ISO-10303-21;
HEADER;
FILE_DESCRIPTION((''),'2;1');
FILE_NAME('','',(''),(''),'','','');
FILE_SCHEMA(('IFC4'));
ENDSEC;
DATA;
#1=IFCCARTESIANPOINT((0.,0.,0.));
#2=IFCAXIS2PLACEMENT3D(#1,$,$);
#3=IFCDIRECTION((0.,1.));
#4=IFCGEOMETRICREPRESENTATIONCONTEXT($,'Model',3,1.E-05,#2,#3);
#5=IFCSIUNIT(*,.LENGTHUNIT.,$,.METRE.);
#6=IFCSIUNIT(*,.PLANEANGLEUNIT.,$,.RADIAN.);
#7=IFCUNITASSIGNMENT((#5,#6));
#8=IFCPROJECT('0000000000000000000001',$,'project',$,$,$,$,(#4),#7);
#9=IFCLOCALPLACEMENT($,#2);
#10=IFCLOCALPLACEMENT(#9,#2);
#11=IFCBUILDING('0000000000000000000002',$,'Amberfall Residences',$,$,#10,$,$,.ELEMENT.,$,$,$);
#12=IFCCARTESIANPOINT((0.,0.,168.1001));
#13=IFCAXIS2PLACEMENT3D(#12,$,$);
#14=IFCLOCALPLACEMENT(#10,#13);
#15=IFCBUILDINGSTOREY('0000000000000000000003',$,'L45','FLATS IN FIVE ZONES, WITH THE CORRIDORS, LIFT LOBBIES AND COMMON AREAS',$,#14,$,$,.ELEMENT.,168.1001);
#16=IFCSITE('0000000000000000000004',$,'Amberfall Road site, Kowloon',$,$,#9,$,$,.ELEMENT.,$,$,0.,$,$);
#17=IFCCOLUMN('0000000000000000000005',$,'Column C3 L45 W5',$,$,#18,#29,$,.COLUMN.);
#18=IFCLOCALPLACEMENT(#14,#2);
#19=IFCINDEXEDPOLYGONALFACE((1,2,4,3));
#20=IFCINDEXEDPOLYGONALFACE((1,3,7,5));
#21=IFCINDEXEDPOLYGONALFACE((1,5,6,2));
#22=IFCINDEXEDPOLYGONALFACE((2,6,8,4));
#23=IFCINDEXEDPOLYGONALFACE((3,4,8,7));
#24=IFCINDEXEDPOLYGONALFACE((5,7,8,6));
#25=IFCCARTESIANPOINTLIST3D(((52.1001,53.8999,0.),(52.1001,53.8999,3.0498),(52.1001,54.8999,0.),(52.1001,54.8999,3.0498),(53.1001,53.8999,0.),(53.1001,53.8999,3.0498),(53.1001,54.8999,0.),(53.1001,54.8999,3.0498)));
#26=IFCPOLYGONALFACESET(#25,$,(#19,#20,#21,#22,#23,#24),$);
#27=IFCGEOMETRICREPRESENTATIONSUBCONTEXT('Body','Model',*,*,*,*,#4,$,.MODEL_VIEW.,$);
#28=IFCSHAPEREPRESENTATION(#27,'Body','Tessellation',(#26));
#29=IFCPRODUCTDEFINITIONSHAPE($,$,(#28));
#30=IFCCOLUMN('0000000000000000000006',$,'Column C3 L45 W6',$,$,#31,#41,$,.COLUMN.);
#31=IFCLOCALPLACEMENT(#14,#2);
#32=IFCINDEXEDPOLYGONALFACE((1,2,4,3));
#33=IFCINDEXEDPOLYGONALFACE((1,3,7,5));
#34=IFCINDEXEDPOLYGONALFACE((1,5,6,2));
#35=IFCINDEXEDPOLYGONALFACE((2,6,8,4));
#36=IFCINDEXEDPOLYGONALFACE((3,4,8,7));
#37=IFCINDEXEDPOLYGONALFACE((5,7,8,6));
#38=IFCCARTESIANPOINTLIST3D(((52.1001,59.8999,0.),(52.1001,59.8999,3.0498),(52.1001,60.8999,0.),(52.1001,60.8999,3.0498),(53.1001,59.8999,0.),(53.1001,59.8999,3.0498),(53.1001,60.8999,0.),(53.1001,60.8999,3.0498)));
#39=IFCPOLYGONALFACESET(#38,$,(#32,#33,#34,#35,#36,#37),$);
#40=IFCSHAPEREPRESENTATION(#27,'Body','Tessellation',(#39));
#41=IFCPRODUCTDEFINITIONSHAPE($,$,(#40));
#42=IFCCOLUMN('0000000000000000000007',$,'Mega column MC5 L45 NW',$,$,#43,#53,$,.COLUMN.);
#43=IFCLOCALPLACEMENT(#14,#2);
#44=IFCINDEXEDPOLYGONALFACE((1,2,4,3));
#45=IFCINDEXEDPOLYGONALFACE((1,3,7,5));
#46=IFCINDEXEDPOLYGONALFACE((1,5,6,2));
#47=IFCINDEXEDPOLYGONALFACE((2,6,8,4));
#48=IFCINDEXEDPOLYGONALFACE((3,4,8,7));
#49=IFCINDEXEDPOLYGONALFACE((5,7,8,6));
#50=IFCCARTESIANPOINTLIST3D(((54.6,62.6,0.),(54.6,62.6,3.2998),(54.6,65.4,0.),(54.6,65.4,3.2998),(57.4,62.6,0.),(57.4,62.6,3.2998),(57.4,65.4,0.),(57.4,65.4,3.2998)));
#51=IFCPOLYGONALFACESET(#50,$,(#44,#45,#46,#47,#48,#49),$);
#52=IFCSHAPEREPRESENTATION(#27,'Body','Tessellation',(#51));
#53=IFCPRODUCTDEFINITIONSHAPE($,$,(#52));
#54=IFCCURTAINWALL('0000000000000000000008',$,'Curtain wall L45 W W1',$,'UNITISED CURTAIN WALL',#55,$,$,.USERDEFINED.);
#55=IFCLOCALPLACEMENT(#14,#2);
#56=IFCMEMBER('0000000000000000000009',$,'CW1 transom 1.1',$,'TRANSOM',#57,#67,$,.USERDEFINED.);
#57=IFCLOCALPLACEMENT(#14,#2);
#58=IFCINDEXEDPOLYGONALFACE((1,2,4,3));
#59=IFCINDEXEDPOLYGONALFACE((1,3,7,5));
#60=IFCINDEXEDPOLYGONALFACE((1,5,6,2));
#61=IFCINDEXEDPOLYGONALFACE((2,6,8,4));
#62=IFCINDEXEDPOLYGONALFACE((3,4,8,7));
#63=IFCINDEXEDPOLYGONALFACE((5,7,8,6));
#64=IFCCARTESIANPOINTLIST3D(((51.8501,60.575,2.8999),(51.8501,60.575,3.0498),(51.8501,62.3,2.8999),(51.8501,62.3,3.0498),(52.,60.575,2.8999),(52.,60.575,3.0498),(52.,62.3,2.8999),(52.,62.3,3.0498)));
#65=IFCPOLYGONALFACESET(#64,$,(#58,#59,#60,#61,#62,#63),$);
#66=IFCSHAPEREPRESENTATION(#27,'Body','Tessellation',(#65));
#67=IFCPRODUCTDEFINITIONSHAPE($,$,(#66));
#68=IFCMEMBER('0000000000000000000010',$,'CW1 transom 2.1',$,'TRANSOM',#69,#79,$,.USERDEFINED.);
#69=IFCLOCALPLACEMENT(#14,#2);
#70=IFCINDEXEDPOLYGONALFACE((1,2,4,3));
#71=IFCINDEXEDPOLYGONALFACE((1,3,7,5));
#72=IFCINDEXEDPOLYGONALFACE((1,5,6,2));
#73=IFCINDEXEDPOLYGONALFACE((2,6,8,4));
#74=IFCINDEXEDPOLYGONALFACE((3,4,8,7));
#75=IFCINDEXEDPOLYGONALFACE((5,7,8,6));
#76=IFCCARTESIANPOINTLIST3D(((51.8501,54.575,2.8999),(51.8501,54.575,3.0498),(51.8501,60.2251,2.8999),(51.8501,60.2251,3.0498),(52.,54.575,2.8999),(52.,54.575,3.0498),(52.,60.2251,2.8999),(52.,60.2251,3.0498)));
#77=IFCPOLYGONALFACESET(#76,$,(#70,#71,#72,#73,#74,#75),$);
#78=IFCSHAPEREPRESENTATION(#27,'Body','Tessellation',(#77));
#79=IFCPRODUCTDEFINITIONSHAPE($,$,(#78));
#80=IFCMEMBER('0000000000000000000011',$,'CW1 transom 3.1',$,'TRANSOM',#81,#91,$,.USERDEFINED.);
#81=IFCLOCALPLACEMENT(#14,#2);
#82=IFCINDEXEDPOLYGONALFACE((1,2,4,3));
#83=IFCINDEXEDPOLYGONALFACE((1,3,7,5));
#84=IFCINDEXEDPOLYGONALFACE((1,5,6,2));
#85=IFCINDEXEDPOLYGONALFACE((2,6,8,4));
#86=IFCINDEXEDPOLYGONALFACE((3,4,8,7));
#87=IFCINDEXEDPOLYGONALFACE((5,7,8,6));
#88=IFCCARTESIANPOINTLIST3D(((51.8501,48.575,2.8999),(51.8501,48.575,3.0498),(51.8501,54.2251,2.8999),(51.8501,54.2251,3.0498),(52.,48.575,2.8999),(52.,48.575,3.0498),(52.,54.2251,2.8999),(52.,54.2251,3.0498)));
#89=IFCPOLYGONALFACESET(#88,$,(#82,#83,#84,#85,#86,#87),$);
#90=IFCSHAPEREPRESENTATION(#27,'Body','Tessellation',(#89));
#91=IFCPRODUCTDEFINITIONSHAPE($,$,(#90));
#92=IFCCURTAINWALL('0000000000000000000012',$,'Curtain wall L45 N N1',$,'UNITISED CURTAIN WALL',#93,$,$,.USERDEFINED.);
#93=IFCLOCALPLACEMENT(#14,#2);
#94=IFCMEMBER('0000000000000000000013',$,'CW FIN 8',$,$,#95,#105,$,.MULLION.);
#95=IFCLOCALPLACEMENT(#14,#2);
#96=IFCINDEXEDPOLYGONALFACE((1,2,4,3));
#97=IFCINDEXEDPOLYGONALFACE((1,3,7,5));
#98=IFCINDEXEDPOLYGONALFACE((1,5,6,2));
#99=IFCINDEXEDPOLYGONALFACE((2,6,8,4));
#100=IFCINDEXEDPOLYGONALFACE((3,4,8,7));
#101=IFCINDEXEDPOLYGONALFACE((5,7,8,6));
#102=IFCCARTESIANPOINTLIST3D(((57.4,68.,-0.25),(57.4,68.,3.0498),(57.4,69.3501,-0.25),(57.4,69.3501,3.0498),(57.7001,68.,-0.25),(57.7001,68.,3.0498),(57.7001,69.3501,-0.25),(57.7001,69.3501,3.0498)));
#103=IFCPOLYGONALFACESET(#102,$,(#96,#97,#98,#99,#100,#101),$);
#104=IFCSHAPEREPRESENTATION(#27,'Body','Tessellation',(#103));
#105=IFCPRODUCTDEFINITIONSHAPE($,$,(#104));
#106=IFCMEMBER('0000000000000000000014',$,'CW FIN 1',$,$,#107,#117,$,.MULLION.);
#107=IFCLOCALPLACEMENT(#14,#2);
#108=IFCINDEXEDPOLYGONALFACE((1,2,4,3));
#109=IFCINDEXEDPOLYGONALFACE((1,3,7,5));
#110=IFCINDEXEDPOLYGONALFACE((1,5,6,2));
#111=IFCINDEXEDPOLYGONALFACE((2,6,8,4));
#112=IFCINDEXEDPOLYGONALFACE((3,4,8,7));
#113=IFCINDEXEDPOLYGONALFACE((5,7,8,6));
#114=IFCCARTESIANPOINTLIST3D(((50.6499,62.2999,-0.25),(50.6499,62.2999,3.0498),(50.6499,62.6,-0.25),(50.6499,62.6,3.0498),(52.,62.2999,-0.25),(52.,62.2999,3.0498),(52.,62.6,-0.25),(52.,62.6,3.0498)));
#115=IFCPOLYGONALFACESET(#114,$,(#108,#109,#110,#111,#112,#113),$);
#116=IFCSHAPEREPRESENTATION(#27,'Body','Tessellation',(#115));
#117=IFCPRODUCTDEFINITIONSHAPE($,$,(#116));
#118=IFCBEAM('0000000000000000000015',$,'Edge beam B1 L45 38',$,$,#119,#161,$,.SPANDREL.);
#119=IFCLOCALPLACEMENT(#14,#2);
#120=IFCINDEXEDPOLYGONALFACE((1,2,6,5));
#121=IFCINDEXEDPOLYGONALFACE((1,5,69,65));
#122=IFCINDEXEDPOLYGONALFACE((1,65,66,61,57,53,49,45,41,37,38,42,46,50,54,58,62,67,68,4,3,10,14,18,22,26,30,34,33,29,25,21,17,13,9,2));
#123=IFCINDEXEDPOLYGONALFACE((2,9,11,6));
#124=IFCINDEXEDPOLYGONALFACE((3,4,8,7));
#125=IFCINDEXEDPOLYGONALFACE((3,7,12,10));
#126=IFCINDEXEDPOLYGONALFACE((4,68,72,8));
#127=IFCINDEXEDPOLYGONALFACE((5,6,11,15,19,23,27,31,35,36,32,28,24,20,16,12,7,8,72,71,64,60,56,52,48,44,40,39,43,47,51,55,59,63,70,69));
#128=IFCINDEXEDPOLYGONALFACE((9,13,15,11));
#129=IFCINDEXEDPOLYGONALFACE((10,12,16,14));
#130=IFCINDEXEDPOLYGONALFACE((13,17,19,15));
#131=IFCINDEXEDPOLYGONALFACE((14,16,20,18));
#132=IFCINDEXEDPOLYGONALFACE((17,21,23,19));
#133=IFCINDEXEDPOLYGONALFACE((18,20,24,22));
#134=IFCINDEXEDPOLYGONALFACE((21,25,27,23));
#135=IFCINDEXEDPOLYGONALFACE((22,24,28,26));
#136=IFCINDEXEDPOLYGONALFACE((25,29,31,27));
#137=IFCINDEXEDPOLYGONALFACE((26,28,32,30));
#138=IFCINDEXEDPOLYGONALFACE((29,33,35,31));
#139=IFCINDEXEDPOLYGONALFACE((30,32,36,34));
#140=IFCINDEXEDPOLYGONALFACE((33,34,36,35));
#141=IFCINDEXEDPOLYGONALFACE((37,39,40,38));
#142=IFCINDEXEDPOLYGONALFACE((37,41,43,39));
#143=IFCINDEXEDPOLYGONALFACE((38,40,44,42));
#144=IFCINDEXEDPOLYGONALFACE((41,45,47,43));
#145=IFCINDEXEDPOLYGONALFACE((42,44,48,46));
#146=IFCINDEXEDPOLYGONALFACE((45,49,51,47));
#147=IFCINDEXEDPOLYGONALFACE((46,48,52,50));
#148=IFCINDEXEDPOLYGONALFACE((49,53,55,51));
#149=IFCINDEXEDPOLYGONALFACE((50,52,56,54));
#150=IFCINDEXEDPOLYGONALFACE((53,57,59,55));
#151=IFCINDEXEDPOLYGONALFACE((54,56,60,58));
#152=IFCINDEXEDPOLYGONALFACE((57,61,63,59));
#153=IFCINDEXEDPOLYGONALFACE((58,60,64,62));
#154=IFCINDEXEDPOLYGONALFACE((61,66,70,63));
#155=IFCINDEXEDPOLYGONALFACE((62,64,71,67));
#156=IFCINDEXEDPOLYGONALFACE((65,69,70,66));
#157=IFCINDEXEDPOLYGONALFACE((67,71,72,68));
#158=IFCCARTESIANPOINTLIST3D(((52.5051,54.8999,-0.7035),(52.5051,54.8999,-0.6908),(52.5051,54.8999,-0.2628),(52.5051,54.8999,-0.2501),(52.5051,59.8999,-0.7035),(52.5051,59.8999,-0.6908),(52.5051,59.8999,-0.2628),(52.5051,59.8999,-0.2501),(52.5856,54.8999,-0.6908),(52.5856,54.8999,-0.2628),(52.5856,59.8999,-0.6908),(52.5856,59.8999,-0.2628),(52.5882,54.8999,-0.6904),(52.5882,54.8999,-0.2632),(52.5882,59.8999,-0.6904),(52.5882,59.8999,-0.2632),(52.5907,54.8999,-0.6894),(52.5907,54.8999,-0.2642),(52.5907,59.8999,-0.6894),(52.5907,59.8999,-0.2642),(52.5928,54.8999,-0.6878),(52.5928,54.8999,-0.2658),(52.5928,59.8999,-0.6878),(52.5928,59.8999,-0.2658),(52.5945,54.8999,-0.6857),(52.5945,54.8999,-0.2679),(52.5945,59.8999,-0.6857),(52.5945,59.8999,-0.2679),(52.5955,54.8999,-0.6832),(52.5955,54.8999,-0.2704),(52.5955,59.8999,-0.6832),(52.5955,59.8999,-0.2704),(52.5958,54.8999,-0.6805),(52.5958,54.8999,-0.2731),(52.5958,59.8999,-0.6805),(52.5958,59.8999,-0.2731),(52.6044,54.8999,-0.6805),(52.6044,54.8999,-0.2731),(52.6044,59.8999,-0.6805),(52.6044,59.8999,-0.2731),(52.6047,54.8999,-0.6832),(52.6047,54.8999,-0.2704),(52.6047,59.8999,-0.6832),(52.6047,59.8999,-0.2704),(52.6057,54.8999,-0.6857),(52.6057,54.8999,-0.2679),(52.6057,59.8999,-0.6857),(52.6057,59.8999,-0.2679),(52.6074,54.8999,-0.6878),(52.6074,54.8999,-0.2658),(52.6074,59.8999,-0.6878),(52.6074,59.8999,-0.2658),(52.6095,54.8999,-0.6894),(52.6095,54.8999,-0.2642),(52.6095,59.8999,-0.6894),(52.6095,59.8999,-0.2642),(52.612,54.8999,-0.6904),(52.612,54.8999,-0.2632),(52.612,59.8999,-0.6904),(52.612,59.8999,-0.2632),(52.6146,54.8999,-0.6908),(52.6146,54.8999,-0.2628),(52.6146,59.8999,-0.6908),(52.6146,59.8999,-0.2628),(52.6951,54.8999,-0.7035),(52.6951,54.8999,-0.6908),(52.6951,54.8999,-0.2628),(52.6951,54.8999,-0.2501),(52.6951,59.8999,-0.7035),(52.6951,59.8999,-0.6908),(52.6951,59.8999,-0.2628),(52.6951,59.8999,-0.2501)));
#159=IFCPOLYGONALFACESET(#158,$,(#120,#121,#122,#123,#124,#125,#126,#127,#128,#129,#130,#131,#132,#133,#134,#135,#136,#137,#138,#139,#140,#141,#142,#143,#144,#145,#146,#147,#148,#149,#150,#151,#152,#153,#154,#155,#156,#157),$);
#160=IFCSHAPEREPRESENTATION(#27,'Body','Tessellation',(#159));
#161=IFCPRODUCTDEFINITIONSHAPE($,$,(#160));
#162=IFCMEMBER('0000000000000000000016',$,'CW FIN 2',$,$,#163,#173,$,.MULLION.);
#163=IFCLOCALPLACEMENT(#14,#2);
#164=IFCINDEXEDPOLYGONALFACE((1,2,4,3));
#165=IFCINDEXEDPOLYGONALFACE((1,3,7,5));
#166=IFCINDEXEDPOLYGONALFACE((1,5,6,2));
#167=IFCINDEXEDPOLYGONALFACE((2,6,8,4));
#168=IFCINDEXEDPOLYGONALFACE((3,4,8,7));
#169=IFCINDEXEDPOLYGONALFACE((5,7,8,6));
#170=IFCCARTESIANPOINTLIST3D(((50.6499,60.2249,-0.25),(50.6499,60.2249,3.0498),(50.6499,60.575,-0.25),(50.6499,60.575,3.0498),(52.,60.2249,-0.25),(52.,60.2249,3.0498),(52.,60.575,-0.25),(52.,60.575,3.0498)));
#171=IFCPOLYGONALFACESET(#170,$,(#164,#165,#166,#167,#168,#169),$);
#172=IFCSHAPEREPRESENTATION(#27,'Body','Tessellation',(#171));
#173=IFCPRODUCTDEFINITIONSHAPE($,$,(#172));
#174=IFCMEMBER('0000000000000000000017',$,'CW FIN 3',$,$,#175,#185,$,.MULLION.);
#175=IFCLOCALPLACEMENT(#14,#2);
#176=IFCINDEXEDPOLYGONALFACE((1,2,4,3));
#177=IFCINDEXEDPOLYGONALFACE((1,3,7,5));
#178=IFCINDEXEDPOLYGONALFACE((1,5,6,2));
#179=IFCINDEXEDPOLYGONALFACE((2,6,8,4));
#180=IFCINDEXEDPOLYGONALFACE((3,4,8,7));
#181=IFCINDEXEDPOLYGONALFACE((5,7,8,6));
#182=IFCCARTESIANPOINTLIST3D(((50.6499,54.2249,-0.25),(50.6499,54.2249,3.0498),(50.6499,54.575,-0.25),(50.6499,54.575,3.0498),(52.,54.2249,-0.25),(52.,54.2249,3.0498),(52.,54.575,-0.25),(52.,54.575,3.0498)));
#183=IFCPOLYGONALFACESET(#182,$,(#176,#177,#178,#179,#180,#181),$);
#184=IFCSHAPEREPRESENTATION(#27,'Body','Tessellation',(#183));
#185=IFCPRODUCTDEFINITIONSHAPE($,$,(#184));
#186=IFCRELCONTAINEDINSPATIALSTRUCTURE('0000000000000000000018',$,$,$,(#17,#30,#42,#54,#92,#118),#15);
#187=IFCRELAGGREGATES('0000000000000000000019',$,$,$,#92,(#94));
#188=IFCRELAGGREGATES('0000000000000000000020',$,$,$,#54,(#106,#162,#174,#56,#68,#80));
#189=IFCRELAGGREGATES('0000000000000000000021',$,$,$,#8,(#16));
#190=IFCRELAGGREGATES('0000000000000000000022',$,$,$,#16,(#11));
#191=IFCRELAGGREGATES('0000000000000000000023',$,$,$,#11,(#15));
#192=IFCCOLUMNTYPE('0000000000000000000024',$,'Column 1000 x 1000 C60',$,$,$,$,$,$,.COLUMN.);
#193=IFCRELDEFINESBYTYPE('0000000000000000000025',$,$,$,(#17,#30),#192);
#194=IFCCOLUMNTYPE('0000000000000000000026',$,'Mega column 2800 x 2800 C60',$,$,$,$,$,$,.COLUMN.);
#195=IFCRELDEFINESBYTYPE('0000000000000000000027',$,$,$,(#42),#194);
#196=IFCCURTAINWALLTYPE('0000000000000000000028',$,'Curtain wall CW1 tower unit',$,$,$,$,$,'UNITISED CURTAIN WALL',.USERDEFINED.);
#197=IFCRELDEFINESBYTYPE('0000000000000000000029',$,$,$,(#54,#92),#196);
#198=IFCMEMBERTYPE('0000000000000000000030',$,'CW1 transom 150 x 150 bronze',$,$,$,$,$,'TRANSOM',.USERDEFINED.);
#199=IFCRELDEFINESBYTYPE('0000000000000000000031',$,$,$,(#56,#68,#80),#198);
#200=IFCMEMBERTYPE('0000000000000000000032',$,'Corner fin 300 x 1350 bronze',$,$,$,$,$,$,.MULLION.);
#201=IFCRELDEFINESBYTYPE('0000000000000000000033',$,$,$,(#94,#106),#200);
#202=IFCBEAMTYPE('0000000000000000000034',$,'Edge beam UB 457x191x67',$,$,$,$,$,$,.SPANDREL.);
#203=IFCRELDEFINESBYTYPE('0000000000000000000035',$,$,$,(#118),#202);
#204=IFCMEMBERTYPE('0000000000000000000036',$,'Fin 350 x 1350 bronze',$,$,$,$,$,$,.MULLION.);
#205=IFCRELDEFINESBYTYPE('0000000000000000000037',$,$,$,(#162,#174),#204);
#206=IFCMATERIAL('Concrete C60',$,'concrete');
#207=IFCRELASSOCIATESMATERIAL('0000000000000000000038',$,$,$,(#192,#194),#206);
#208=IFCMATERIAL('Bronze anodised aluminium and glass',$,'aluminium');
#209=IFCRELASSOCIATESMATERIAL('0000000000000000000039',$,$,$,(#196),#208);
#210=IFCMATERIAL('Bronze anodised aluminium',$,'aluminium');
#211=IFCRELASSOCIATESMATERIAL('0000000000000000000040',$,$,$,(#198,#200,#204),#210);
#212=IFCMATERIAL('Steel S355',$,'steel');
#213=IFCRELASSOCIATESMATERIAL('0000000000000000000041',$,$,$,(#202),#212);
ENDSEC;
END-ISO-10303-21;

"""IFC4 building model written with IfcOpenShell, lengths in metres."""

from ifc_helpers import new_model, si_unit, direction, frame, origin, origin_2d, place, context, subcontext, project, spatial, rectangle, i_section, extrude, material, material_profile, profile_set, type_object, element, aggregate, save


model = new_model("IFC4")

# Units and contexts
model_context = context("Model", 3, precision=1e-05, world=origin(), true_north=direction((0.0, 1.0)))
body_context = subcontext(model_context, "Body", "Model", "MODEL_VIEW")
ifc_project = project(units=[si_unit("LENGTHUNIT", "METRE"), si_unit("PLANEANGLEUNIT", "RADIAN")], contexts=[model_context])

# Site, building, storey
site_placement = place(None, origin())
site = spatial("IfcSite", under=ifc_project, at=site_placement, Name="Amberfall Road site, Kowloon", CompositionType="ELEMENT", RefElevation=0.0)
building_placement = place(site_placement, origin())
building = spatial("IfcBuilding", under=site, at=building_placement, Name="Amberfall Residences", CompositionType="ELEMENT")
storey_placement = place(building_placement, frame((0.0, 0.0, 168.1001)))
storey = spatial("IfcBuildingStorey", under=building, at=storey_placement, Name="L45", Description="FLATS IN FIVE ZONES, WITH THE CORRIDORS, LIFT LOBBIES AND COMMON AREAS", CompositionType="ELEMENT", Elevation=168.1001)

# Columns
ifc_material_1 = material(Name="Concrete C60", Category="concrete")
ifc_material_profile_1 = material_profile(ifc_material_1, rectangle(XDim=1.0, YDim=1.0, at=origin_2d()), Name="Column 1000 x 1000 C60")
ifc_profile_set_1 = profile_set([ifc_material_profile_1], Name="Concrete C60")
column_type_1 = type_object("IfcColumnType", Name="Column 1000 x 1000 C60", PredefinedType="COLUMN", material=ifc_profile_set_1)
for number, where, z_axis, x_axis, name in (
    (1, (52.6001, 54.3999, 0.0), (0.0, 0.0, 1.0), (1.0, 0.0, 0.0), "Column C3 L45 W5"),
    (2, (52.6001, 60.3999, 0.0), (0.0, 0.0, 1.0), (1.0, 0.0, 0.0), "Column C3 L45 W6"),
):
    element("IfcColumn", number, at=place(storey_placement, frame(where, z_axis=z_axis, x_axis=x_axis)), inside=storey, type_object=column_type_1, Name=name, PredefinedType="COLUMN", context=body_context, shape_type="SweptSolid", body=[
        extrude(rectangle(XDim=1.0, YDim=1.0, at=origin_2d()), origin(), (0.0, 0.0, 1.0), 3.0498),
    ])
ifc_material_profile_2 = material_profile(ifc_material_1, rectangle(XDim=2.8, YDim=2.8, at=origin_2d()), Name="Mega column 2800 x 2800 C60")
ifc_profile_set_2 = profile_set([ifc_material_profile_2], Name="Concrete C60")
column_type_2 = type_object("IfcColumnType", Name="Mega column 2800 x 2800 C60", PredefinedType="COLUMN", material=ifc_profile_set_2)
column_placement = place(storey_placement, frame((56.0, 64.0, 0.0), z_axis=(0.0, 0.0, 1.0), x_axis=(1.0, 0.0, 0.0)))
element("IfcColumn", 3, at=column_placement, inside=storey, type_object=column_type_2, Name="Mega column MC5 L45 NW", PredefinedType="COLUMN", context=body_context, shape_type="SweptSolid", body=[
    extrude(rectangle(XDim=2.8, YDim=2.8, at=origin_2d()), origin(), (0.0, 0.0, 1.0), 3.2998),
])

# Curtain wall, members
ifc_material_2 = material(Name="Bronze anodised aluminium and glass", Category="aluminium")
curtain_wall_type = type_object("IfcCurtainWallType", Name="Curtain wall CW1 tower unit", ElementType="UNITISED CURTAIN WALL", PredefinedType="USERDEFINED", material=ifc_material_2)
curtain_wall_1_placement = place(storey_placement, origin())
curtain_wall_1 = element("IfcCurtainWall", 4, at=curtain_wall_1_placement, inside=storey, type_object=curtain_wall_type, Name="Curtain wall L45 W W1", ObjectType="UNITISED CURTAIN WALL", PredefinedType="USERDEFINED")
ifc_material_3 = material(Name="Bronze anodised aluminium", Category="aluminium")
ifc_material_profile_3 = material_profile(ifc_material_3, rectangle(XDim=0.1499, YDim=0.1499, at=origin_2d()), Name="CW1 transom 150 x 150 bronze")
ifc_profile_set_3 = profile_set([ifc_material_profile_3], Name="Bronze anodised aluminium")
member_type_1 = type_object("IfcMemberType", Name="CW1 transom 150 x 150 bronze", ElementType="TRANSOM", PredefinedType="USERDEFINED", material=ifc_profile_set_3)
member_1_placement = place(storey_placement, frame((51.925, 62.3, 2.9749), z_axis=(0.0, -1.0, 0.0), x_axis=(1.0, 0.0, 0.0)))
member_1 = element("IfcMember", 5, at=member_1_placement, type_object=member_type_1, Name="CW1 transom 1.1", ObjectType="TRANSOM", PredefinedType="USERDEFINED", context=body_context, shape_type="SweptSolid", body=[
    extrude(rectangle(XDim=0.1499, YDim=0.1499, at=origin_2d()), origin(), (0.0, 0.0, 1.0), 1.7251),
])
member_2_placement = place(storey_placement, frame((51.925, 60.2251, 2.9749), z_axis=(0.0, -1.0, 0.0), x_axis=(1.0, 0.0, 0.0)))
member_2 = element("IfcMember", 6, at=member_2_placement, type_object=member_type_1, Name="CW1 transom 2.1", ObjectType="TRANSOM", PredefinedType="USERDEFINED", context=body_context, shape_type="SweptSolid", body=[
    extrude(rectangle(XDim=0.1499, YDim=0.1499, at=origin_2d()), origin(), (0.0, 0.0, 1.0), 5.6501),
])
member_3_placement = place(storey_placement, frame((51.925, 54.2251, 2.9749), z_axis=(0.0, -1.0, 0.0), x_axis=(1.0, 0.0, 0.0)))
member_3 = element("IfcMember", 7, at=member_3_placement, type_object=member_type_1, Name="CW1 transom 3.1", ObjectType="TRANSOM", PredefinedType="USERDEFINED", context=body_context, shape_type="SweptSolid", body=[
    extrude(rectangle(XDim=0.1499, YDim=0.1499, at=origin_2d()), origin(), (0.0, 0.0, 1.0), 5.6501),
])

# Curtain wall, member
curtain_wall_2_placement = place(storey_placement, origin())
curtain_wall_2 = element("IfcCurtainWall", 8, at=curtain_wall_2_placement, inside=storey, type_object=curtain_wall_type, Name="Curtain wall L45 N N1", ObjectType="UNITISED CURTAIN WALL", PredefinedType="USERDEFINED")
ifc_material_profile_4 = material_profile(ifc_material_3, rectangle(XDim=1.3501, YDim=0.3, at=origin_2d()), Name="Corner fin 300 x 1350 bronze")
ifc_profile_set_4 = profile_set([ifc_material_profile_4], Name="Bronze anodised aluminium")
member_type_2 = type_object("IfcMemberType", Name="Corner fin 300 x 1350 bronze", PredefinedType="MULLION", material=ifc_profile_set_4)
member_4_placement = place(storey_placement, frame((57.55, 68.675, -0.25), z_axis=(0.0, 0.0, 1.0), x_axis=(0.0, -1.0, 0.0)))
member_4 = element("IfcMember", 9, at=member_4_placement, type_object=member_type_2, Name="CW FIN 8", PredefinedType="MULLION", context=body_context, shape_type="SweptSolid", body=[
    extrude(rectangle(XDim=1.3501, YDim=0.3, at=origin_2d()), origin(), (0.0, 0.0, 1.0), 3.2998),
])

# Member
member_5_placement = place(storey_placement, frame((51.325, 62.45, -0.25), z_axis=(0.0, 0.0, 1.0), x_axis=(1.0, 0.0, 0.0)))
member_5 = element("IfcMember", 10, at=member_5_placement, type_object=member_type_2, Name="CW FIN 1", PredefinedType="MULLION", context=body_context, shape_type="SweptSolid", body=[
    extrude(rectangle(XDim=1.3501, YDim=0.3, at=origin_2d()), origin(), (0.0, 0.0, 1.0), 3.2998),
])

# Beam
ifc_material_4 = material(Name="Steel S355", Category="steel")
ifc_material_profile_5 = material_profile(ifc_material_4, i_section(OverallWidth=0.1899, OverallDepth=0.4534, WebThickness=0.0085, FlangeThickness=0.0127, FilletRadius=0.0103, at=origin_2d()), Name="UB 457x191x67")
ifc_profile_set_5 = profile_set([ifc_material_profile_5], Name="Steel S355")
beam_type_1 = type_object("IfcBeamType", Name="Edge beam UB 457x191x67", PredefinedType="SPANDREL", material=ifc_profile_set_5)
beam_1_placement = place(storey_placement, frame((52.6001, 54.8999, -0.4768), z_axis=(0.0, 1.0, 0.0), x_axis=(-1.0, 0.0, 0.0)))
element("IfcBeam", 11, at=beam_1_placement, inside=storey, type_object=beam_type_1, Name="Edge beam B1 L45 38", PredefinedType="SPANDREL", context=body_context, shape_type="SweptSolid", body=[
    extrude(i_section(OverallWidth=0.1899, OverallDepth=0.4534, WebThickness=0.0085, FlangeThickness=0.0127, FilletRadius=0.0103, at=origin_2d()), origin(), (0.0, 0.0, 1.0), 5.0),
])

# Members
ifc_material_profile_6 = material_profile(ifc_material_3, rectangle(XDim=1.3501, YDim=0.3501, at=origin_2d()), Name="Fin 350 x 1350 bronze")
ifc_profile_set_6 = profile_set([ifc_material_profile_6], Name="Bronze anodised aluminium")
member_type_3 = type_object("IfcMemberType", Name="Fin 350 x 1350 bronze", PredefinedType="MULLION", material=ifc_profile_set_6)
member_6_placement = place(storey_placement, frame((51.325, 60.3999, -0.25), z_axis=(0.0, 0.0, 1.0), x_axis=(1.0, 0.0, 0.0)))
member_6 = element("IfcMember", 12, at=member_6_placement, type_object=member_type_3, Name="CW FIN 2", PredefinedType="MULLION", context=body_context, shape_type="SweptSolid", body=[
    extrude(rectangle(XDim=1.3501, YDim=0.3501, at=origin_2d()), origin(), (0.0, 0.0, 1.0), 3.2998),
])
member_7_placement = place(storey_placement, frame((51.325, 54.3999, -0.25), z_axis=(0.0, 0.0, 1.0), x_axis=(1.0, 0.0, 0.0)))
member_7 = element("IfcMember", 13, at=member_7_placement, type_object=member_type_3, Name="CW FIN 3", PredefinedType="MULLION", context=body_context, shape_type="SweptSolid", body=[
    extrude(rectangle(XDim=1.3501, YDim=0.3501, at=origin_2d()), origin(), (0.0, 0.0, 1.0), 3.2998),
])

aggregate(curtain_wall_2, [member_4])
aggregate(curtain_wall_1, [member_5, member_6, member_7, member_1, member_2, member_3])

save(model, "model.ifc")
